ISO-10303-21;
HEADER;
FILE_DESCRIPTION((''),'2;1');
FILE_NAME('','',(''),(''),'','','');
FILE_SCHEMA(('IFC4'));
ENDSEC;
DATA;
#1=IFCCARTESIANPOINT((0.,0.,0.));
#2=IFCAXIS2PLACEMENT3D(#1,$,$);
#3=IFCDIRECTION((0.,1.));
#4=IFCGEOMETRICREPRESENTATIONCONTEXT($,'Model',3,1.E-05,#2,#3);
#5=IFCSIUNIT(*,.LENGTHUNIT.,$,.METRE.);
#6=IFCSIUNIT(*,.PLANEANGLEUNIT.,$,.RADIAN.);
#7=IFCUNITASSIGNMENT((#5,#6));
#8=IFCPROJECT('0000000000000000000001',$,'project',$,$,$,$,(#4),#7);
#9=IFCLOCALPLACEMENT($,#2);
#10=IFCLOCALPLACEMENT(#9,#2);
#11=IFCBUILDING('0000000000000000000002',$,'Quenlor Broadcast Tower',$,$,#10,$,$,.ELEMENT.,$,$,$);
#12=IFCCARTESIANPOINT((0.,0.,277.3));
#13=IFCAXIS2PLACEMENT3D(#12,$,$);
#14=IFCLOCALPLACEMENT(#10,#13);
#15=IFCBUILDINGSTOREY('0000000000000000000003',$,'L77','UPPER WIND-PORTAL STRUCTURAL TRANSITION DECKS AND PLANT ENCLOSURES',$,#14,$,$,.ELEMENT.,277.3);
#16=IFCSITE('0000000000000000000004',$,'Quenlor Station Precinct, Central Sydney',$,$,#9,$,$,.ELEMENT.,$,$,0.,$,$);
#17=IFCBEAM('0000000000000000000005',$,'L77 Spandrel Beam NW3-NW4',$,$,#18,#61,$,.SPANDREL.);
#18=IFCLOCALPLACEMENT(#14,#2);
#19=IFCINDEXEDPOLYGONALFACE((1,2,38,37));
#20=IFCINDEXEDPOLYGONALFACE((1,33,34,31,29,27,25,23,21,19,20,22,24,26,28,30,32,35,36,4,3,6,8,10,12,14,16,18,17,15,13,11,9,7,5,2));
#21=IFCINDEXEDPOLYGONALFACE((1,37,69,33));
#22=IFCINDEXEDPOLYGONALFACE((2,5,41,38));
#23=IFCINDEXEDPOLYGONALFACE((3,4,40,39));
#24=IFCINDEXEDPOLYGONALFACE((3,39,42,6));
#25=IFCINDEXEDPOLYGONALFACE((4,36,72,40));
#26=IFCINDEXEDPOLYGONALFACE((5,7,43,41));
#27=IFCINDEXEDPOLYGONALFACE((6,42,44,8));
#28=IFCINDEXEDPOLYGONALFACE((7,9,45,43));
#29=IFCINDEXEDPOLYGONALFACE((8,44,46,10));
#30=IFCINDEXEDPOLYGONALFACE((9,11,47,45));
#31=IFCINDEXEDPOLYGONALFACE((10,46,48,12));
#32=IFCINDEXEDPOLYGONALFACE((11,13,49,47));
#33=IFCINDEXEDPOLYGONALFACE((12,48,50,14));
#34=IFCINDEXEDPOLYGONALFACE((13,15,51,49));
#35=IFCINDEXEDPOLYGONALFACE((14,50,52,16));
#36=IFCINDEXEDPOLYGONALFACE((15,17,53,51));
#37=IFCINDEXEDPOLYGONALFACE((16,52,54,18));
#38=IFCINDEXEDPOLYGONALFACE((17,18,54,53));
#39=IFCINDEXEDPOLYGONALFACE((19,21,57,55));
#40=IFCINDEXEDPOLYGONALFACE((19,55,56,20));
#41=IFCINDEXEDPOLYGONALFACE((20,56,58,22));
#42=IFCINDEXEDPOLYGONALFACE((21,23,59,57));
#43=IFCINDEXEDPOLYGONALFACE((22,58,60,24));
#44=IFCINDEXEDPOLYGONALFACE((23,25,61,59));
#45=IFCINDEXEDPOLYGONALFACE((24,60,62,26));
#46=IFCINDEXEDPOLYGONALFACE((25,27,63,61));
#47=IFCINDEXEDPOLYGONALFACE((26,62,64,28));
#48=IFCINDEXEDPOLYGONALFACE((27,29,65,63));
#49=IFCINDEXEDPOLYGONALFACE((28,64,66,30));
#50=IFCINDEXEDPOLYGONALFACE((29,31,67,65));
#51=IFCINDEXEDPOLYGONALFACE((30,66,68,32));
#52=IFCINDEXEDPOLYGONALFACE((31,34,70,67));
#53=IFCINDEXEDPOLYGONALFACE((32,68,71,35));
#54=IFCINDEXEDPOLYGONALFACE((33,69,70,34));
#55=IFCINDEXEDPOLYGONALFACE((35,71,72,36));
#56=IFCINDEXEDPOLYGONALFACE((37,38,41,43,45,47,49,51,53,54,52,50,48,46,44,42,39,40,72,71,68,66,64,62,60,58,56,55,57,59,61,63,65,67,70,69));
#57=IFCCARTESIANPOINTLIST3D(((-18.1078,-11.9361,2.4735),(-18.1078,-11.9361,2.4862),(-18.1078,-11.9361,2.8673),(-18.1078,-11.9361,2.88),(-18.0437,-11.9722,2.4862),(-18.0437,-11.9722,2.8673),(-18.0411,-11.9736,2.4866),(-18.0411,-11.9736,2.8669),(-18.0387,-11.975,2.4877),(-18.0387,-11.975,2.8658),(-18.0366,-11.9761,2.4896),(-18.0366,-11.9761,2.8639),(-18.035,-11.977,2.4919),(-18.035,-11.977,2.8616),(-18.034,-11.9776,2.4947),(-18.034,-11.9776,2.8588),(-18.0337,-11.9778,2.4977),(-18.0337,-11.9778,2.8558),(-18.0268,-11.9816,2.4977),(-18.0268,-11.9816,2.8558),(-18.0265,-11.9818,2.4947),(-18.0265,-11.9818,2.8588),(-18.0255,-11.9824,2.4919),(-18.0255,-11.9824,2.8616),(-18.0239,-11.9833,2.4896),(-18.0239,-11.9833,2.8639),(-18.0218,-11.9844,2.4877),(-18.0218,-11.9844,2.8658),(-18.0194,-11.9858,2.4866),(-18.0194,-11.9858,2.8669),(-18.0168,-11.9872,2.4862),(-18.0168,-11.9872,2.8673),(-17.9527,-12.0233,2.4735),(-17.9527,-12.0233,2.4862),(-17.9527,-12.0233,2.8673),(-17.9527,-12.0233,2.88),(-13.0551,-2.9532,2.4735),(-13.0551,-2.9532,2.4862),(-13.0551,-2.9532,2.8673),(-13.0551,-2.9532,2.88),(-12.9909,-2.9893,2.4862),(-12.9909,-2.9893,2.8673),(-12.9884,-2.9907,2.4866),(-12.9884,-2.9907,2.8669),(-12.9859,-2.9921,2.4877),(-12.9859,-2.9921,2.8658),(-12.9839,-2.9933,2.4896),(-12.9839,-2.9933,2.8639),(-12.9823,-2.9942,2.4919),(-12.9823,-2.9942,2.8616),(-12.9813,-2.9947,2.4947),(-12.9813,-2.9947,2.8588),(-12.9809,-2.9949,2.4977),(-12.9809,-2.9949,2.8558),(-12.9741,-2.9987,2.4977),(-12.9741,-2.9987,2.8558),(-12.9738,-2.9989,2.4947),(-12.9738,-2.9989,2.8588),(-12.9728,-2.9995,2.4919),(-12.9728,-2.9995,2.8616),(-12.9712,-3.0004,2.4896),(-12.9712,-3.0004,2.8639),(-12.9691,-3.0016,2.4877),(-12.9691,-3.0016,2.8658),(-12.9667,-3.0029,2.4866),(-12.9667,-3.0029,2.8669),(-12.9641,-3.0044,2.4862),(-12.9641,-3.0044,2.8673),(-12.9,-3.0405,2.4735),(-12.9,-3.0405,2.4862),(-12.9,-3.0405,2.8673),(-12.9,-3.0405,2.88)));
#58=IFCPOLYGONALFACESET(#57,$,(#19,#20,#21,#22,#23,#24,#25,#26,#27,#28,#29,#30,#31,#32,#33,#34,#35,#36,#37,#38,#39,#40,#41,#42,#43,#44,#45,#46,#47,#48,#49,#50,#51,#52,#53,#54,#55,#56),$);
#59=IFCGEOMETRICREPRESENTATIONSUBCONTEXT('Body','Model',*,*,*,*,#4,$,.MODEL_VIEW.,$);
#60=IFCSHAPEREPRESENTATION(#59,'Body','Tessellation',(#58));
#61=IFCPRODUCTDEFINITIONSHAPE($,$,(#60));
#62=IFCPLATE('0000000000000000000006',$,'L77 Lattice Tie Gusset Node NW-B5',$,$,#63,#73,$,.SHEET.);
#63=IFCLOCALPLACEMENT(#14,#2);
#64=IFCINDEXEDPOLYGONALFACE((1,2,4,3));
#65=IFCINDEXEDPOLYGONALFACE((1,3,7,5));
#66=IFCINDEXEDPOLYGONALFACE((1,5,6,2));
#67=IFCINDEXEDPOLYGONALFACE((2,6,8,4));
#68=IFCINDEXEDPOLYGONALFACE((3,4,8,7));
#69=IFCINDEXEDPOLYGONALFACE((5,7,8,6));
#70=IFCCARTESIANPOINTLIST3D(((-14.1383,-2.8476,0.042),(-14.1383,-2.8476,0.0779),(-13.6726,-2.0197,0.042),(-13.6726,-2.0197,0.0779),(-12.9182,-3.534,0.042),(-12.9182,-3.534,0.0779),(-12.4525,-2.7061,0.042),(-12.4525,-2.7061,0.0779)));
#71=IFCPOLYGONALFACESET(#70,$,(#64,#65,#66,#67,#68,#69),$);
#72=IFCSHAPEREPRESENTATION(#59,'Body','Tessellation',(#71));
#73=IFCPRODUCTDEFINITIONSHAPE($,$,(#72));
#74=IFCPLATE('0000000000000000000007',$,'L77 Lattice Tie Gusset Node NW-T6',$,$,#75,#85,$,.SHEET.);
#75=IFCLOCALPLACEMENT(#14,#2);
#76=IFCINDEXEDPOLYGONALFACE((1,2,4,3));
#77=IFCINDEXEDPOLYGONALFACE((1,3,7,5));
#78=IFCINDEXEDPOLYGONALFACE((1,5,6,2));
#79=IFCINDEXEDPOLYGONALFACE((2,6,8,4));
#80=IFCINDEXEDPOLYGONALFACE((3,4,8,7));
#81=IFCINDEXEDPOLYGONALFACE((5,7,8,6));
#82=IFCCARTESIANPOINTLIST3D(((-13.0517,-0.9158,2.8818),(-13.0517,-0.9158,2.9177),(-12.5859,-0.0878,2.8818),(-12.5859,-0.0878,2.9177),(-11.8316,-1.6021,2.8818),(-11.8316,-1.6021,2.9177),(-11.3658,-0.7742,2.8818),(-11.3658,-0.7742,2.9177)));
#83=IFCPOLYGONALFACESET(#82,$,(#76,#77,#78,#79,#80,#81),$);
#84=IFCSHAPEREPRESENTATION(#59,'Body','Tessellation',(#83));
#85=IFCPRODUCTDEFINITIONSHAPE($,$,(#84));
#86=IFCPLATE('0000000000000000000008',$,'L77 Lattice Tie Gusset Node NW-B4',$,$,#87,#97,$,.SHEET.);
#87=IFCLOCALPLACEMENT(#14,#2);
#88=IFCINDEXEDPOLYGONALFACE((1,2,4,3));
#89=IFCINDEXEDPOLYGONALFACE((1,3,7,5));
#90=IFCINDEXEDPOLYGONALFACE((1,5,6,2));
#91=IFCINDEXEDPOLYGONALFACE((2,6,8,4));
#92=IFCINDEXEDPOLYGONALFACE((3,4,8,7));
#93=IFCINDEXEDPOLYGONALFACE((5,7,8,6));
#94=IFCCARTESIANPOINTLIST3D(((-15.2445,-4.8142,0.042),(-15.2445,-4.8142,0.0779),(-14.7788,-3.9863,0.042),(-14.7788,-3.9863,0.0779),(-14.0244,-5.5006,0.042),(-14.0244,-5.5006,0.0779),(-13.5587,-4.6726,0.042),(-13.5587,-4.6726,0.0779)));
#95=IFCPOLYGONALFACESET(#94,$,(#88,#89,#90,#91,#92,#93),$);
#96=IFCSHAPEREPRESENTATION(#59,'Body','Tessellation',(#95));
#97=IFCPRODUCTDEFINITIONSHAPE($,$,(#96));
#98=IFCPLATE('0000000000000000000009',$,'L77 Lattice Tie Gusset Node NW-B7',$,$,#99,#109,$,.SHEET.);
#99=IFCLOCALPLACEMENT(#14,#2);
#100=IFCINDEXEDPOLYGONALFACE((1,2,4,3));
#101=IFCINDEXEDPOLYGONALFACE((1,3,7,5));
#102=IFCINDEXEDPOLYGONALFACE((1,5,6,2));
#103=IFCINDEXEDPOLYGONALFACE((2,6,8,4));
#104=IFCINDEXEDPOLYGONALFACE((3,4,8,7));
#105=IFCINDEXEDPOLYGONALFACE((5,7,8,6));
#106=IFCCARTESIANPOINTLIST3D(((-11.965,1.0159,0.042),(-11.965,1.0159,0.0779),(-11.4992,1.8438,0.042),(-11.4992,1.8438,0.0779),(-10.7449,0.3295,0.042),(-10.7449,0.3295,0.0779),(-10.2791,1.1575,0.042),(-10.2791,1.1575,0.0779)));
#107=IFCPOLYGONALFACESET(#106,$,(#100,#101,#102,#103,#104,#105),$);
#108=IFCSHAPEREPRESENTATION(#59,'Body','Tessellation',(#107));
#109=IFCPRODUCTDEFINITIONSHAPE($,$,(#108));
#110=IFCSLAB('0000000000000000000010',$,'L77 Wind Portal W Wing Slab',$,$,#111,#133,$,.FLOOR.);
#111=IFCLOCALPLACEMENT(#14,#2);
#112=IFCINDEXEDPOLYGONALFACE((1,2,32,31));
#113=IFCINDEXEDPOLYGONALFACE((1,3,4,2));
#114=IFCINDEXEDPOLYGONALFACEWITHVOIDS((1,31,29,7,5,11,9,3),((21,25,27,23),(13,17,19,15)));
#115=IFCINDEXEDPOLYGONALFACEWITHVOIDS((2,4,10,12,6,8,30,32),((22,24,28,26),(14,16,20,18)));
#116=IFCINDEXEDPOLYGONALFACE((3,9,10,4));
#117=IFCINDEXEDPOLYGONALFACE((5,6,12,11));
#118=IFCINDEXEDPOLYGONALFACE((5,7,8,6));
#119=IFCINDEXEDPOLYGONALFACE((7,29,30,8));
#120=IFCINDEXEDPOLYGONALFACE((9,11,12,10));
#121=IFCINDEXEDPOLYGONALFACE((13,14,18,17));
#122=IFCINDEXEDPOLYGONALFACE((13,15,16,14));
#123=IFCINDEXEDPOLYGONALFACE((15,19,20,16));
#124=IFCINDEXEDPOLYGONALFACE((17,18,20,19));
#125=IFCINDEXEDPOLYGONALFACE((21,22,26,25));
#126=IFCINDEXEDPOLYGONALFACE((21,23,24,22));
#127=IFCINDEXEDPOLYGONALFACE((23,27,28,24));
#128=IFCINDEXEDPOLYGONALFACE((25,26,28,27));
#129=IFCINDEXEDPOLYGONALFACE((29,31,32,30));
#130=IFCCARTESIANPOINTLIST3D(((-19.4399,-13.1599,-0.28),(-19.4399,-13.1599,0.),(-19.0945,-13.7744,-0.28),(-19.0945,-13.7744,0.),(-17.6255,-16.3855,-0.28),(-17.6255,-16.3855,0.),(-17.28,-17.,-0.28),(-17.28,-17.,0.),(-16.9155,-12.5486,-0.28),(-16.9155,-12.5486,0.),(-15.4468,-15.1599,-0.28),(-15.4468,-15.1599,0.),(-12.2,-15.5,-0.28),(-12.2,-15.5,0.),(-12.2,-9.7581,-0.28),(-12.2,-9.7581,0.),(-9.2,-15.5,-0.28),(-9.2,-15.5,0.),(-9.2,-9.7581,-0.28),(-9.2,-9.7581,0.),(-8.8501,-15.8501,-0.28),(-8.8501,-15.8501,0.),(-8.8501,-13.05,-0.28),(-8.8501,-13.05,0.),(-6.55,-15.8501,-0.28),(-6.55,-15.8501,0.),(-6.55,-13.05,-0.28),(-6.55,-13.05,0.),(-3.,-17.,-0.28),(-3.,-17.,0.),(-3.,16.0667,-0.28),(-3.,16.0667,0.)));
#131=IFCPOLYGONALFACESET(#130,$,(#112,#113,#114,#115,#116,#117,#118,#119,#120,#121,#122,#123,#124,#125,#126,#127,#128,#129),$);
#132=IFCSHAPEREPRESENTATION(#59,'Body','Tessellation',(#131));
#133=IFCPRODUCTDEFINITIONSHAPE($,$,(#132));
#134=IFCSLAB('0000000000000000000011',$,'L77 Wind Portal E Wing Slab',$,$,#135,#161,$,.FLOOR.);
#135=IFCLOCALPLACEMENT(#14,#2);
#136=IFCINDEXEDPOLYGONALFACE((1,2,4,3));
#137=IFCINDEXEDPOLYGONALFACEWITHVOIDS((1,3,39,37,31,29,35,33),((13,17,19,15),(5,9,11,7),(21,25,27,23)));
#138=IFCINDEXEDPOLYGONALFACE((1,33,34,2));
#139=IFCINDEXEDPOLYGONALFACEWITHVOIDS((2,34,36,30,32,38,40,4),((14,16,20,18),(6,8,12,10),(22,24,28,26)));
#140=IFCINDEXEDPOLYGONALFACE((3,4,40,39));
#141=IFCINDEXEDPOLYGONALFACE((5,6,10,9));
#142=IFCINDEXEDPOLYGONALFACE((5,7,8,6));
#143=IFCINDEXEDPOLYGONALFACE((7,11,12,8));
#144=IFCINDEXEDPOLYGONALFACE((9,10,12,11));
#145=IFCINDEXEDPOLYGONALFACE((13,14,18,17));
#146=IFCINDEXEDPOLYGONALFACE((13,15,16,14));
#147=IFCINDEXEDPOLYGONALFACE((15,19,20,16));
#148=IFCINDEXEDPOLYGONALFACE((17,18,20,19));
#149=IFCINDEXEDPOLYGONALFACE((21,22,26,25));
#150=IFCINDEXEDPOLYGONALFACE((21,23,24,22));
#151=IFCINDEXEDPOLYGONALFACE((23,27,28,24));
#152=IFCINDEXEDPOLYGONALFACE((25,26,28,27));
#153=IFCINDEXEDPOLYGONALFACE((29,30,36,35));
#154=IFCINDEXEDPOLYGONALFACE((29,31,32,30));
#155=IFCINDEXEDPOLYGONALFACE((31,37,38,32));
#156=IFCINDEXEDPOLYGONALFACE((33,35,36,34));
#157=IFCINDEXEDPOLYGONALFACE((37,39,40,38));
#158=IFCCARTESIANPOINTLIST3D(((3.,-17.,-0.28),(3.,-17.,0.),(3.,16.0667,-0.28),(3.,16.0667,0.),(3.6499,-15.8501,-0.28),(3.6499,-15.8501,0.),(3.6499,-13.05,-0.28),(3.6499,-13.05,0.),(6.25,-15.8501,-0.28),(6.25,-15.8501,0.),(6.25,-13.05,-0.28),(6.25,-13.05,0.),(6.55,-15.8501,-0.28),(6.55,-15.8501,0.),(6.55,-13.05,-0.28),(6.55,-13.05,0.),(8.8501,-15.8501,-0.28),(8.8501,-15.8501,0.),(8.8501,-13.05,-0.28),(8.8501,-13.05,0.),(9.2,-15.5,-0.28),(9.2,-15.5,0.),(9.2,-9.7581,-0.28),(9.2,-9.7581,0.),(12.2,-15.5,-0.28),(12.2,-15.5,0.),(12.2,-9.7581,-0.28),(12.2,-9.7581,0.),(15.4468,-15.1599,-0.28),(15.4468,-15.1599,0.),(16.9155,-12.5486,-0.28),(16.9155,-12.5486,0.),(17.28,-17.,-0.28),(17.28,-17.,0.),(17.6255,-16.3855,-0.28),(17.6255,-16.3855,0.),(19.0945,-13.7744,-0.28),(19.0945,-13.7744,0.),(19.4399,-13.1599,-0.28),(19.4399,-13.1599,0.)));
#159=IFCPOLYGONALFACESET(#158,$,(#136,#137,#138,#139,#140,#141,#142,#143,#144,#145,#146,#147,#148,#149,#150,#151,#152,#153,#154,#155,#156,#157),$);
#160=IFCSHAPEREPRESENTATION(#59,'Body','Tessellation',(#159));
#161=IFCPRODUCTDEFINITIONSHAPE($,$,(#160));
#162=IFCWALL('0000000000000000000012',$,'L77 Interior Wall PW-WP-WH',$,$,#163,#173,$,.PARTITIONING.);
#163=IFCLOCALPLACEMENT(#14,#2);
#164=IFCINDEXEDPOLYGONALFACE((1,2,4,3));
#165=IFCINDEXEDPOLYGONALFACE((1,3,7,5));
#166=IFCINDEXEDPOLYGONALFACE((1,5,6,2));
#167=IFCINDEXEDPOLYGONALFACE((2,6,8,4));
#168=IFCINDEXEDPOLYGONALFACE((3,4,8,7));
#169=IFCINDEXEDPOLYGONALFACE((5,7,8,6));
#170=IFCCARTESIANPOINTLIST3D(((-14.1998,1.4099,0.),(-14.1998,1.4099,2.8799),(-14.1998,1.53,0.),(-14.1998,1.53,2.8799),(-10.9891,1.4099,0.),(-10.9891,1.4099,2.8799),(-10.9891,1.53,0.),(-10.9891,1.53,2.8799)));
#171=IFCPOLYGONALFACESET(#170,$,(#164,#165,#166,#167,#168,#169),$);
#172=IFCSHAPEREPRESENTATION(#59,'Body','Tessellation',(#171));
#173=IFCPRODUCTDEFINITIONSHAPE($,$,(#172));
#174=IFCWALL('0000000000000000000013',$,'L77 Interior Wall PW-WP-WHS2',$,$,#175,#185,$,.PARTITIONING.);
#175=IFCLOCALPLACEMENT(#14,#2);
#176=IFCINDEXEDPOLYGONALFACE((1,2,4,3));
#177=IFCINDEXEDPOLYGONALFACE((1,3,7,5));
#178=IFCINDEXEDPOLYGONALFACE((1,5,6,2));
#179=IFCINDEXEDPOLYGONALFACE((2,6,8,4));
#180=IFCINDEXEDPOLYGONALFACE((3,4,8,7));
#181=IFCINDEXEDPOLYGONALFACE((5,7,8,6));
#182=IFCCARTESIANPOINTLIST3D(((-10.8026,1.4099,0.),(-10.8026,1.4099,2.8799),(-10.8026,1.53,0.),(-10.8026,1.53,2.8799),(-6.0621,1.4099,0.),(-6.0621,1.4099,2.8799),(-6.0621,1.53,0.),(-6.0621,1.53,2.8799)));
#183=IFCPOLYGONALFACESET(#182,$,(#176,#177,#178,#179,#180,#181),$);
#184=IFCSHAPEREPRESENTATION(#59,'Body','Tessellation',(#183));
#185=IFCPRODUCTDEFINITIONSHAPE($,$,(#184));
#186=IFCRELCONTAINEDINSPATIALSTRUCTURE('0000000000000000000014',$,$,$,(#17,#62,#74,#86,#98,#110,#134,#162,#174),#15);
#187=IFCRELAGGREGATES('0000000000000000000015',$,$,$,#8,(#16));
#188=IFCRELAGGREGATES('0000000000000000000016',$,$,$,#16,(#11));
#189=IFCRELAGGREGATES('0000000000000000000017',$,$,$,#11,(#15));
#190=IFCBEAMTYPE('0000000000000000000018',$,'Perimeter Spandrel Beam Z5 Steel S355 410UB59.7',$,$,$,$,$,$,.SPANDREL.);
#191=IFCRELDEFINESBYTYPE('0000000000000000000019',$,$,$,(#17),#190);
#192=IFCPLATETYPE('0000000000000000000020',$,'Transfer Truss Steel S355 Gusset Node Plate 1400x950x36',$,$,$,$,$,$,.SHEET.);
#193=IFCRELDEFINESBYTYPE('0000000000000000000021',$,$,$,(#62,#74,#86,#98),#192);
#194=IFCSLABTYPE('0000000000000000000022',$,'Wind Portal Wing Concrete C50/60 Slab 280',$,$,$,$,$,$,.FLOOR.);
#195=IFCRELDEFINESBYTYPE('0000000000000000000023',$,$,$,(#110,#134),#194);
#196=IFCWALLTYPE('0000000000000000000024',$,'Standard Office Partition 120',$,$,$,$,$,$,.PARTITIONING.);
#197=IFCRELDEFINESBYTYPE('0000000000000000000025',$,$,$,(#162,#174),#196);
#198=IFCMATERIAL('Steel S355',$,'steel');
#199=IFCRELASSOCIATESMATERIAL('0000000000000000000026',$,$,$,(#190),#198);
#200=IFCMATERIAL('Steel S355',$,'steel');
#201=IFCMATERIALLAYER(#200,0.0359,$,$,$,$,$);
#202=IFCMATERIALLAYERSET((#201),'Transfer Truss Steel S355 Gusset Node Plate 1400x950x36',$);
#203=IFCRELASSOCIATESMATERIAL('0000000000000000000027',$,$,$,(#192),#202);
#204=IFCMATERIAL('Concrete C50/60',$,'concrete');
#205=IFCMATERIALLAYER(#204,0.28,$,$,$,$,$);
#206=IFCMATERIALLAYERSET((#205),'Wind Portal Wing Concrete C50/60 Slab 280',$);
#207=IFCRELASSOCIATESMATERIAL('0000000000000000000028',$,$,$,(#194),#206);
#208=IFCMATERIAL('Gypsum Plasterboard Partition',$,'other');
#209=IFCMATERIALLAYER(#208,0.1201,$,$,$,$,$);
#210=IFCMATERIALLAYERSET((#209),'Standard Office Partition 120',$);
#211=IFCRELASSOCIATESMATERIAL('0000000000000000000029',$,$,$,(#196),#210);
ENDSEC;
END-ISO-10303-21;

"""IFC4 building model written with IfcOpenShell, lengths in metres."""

from ifc_helpers import new_model, si_unit, direction, frame, frame_2d, origin, origin_2d, place, context, subcontext, project, spatial, polyline, rectangle, i_section, outline, extrude, material, layer, layer_set, material_profile, profile_set, type_object, element, save


model = new_model("IFC4")

# Units and contexts
model_context = context("Model", 3, precision=1e-05, world=origin(), true_north=direction((0.0, 1.0)))
body_context = subcontext(model_context, "Body", "Model", "MODEL_VIEW")
ifc_project = project(units=[si_unit("LENGTHUNIT", "METRE"), si_unit("PLANEANGLEUNIT", "RADIAN")], contexts=[model_context])

# Site, building, storey
site_placement = place(None, origin())
site = spatial("IfcSite", under=ifc_project, at=site_placement, Name="Quenlor Station Precinct, Central Sydney", CompositionType="ELEMENT", RefElevation=0.0)
building_placement = place(site_placement, origin())
building = spatial("IfcBuilding", under=site, at=building_placement, Name="Quenlor Broadcast Tower", CompositionType="ELEMENT")
storey_placement = place(building_placement, frame((0.0, 0.0, 277.3)))
storey = spatial("IfcBuildingStorey", under=building, at=storey_placement, Name="L77", Description="UPPER WIND-PORTAL STRUCTURAL TRANSITION DECKS AND PLANT ENCLOSURES", CompositionType="ELEMENT", Elevation=277.3)

# Beam
ifc_material_1 = material(Name="Steel S355", Category="steel")
ifc_material_profile_1 = material_profile(ifc_material_1, i_section(OverallWidth=0.178, OverallDepth=0.4065, WebThickness=0.0078, FlangeThickness=0.0127, FilletRadius=0.0115, at=origin_2d()))
ifc_profile_set_1 = profile_set([ifc_material_profile_1], Name="Steel S355 410UB59.7")
beam_type_1 = type_object("IfcBeamType", Name="Perimeter Spandrel Beam Z5 Steel S355 410UB59.7", PredefinedType="SPANDREL", material=ifc_profile_set_1)
beam_1_placement = place(storey_placement, frame((-12.9775, -2.9968, 2.6768), z_axis=(-0.49025, -0.871582, 0.0), x_axis=(0.871582, -0.49025, 0.0)))
element("IfcBeam", 1, at=beam_1_placement, inside=storey, type_object=beam_type_1, Name="L77 Spandrel Beam NW3-NW4", PredefinedType="SPANDREL", context=body_context, shape_type="SweptSolid", body=[
    extrude(i_section(OverallWidth=0.178, OverallDepth=0.4065, WebThickness=0.0078, FlangeThickness=0.0127, FilletRadius=0.0115, at=origin_2d()), origin(), (0.0, 0.0, 1.0), 10.3064),
])

# Plates
ifc_material_2 = material(Name="Steel S355", Category="steel")
ifc_layer_1 = layer(ifc_material_2, 0.0359)
ifc_layer_set_1 = layer_set([ifc_layer_1], Name="Transfer Truss Steel S355 Gusset Node Plate 1400x950x36")
plate_type = type_object("IfcPlateType", Name="Transfer Truss Steel S355 Gusset Node Plate 1400x950x36", PredefinedType="SHEET", material=ifc_layer_set_1)
for number, where, z_axis, x_axis, name in (
    (2, (-13.2954, -2.7769, 0.042), (0.0, 0.0, 1.0), (-0.871556, 0.490295, 0.0), "L77 Lattice Tie Gusset Node NW-B5"),
    (3, (-12.2087, -0.845, 2.8818), (0.0, 0.0, 1.0), (-0.871556, 0.490295, 0.0), "L77 Lattice Tie Gusset Node NW-T6"),
    (4, (-14.4016, -4.7434, 0.042), (0.0, 0.0, 1.0), (-0.871556, 0.490295, 0.0), "L77 Lattice Tie Gusset Node NW-B4"),
    (5, (-11.1221, 1.0867, 0.042), (0.0, 0.0, 1.0), (-0.871556, 0.490295, 0.0), "L77 Lattice Tie Gusset Node NW-B7"),
):
    element("IfcPlate", number, at=place(storey_placement, frame(where, z_axis=z_axis, x_axis=x_axis)), inside=storey, type_object=plate_type, Name=name, PredefinedType="SHEET", context=body_context, shape_type="SweptSolid", body=[
        extrude(rectangle(XDim=1.3999, YDim=0.95, at=origin_2d()), origin(), (0.0, 0.0, 1.0), 0.0359),
    ])

# Slabs
ifc_material_3 = material(Name="Concrete C50/60", Category="concrete")
ifc_layer_2 = layer(ifc_material_3, 0.28)
ifc_layer_set_2 = layer_set([ifc_layer_2], Name="Wind Portal Wing Concrete C50/60 Slab 280")
slab_type = type_object("IfcSlabType", Name="Wind Portal Wing Concrete C50/60 Slab 280", PredefinedType="FLOOR", material=ifc_layer_set_2)
slab_1_placement = place(storey_placement, frame((0.0, 0.0, -0.28)))
element("IfcSlab", 6, at=slab_1_placement, inside=storey, type_object=slab_type, Name="L77 Wind Portal W Wing Slab", PredefinedType="FLOOR", context=body_context, shape_type="SweptSolid", body=[
    extrude(outline(polyline([(-17.28, -17.0), (-17.6255, -16.3855), (-15.4468, -15.1599), (-16.9155, -12.5486), (-19.0945, -13.7744), (-19.4399, -13.1599), (-3.0, 16.0667), (-3.0, -17.0), (-17.28, -17.0)]), holes=[polyline([(-12.2, -9.7581), (-12.2, -15.5), (-9.2, -15.5), (-9.2, -9.7581), (-12.2, -9.7581)]), polyline([(-8.8501, -15.8501), (-6.55, -15.8501), (-6.55, -13.05), (-8.8501, -13.05), (-8.8501, -15.8501)])]), origin(), (0.0, 0.0, 1.0), 0.28),
])
slab_2_placement = place(storey_placement, frame((0.0, 0.0, -0.28)))
element("IfcSlab", 7, at=slab_2_placement, inside=storey, type_object=slab_type, Name="L77 Wind Portal E Wing Slab", PredefinedType="FLOOR", context=body_context, shape_type="SweptSolid", body=[
    extrude(outline(polyline([(19.4399, -13.1599), (19.0945, -13.7744), (16.9155, -12.5486), (15.4468, -15.1599), (17.6255, -16.3855), (17.28, -17.0), (3.0, -17.0), (3.0, 16.0667), (19.4399, -13.1599)]), holes=[polyline([(9.2, -9.7581), (9.2, -15.5), (12.2, -15.5), (12.2, -9.7581), (9.2, -9.7581)]), polyline([(6.55, -15.8501), (8.8501, -15.8501), (8.8501, -13.05), (6.55, -13.05), (6.55, -15.8501)]), polyline([(3.6499, -15.8501), (6.25, -15.8501), (6.25, -13.05), (3.6499, -13.05), (3.6499, -15.8501)])]), origin(), (0.0, 0.0, 1.0), 0.28),
])

# Walls
ifc_material_4 = material(Name="Gypsum Plasterboard Partition", Category="other")
ifc_layer_3 = layer(ifc_material_4, 0.1201)
ifc_layer_set_3 = layer_set([ifc_layer_3], Name="Standard Office Partition 120")
wall_type_1 = type_object("IfcWallType", Name="Standard Office Partition 120", PredefinedType="PARTITIONING", material=ifc_layer_set_3)
wall_1_placement = place(storey_placement, frame((-14.2, 1.47, 0.0), z_axis=(0.0, 0.0, 1.0), x_axis=(1.0, 0.0, 0.0)))
element("IfcWall", 8, at=wall_1_placement, inside=storey, type_object=wall_type_1, Name="L77 Interior Wall PW-WP-WH", PredefinedType="PARTITIONING", context=body_context, shape_type="SweptSolid", body=[
    extrude(rectangle(XDim=3.2107, YDim=0.1201, at=frame_2d((1.6055, 0.0))), origin(), (0.0, 0.0, 1.0), 2.8799),
])
wall_2_placement = place(storey_placement, frame((-10.8025, 1.47, 0.0), z_axis=(0.0, 0.0, 1.0), x_axis=(1.0, 0.0, 0.0)))
element("IfcWall", 9, at=wall_2_placement, inside=storey, type_object=wall_type_1, Name="L77 Interior Wall PW-WP-WHS2", PredefinedType="PARTITIONING", context=body_context, shape_type="SweptSolid", body=[
    extrude(rectangle(XDim=4.7405, YDim=0.1201, at=frame_2d((2.3701, 0.0))), origin(), (0.0, 0.0, 1.0), 2.8799),
])

save(model, "model.ifc")
